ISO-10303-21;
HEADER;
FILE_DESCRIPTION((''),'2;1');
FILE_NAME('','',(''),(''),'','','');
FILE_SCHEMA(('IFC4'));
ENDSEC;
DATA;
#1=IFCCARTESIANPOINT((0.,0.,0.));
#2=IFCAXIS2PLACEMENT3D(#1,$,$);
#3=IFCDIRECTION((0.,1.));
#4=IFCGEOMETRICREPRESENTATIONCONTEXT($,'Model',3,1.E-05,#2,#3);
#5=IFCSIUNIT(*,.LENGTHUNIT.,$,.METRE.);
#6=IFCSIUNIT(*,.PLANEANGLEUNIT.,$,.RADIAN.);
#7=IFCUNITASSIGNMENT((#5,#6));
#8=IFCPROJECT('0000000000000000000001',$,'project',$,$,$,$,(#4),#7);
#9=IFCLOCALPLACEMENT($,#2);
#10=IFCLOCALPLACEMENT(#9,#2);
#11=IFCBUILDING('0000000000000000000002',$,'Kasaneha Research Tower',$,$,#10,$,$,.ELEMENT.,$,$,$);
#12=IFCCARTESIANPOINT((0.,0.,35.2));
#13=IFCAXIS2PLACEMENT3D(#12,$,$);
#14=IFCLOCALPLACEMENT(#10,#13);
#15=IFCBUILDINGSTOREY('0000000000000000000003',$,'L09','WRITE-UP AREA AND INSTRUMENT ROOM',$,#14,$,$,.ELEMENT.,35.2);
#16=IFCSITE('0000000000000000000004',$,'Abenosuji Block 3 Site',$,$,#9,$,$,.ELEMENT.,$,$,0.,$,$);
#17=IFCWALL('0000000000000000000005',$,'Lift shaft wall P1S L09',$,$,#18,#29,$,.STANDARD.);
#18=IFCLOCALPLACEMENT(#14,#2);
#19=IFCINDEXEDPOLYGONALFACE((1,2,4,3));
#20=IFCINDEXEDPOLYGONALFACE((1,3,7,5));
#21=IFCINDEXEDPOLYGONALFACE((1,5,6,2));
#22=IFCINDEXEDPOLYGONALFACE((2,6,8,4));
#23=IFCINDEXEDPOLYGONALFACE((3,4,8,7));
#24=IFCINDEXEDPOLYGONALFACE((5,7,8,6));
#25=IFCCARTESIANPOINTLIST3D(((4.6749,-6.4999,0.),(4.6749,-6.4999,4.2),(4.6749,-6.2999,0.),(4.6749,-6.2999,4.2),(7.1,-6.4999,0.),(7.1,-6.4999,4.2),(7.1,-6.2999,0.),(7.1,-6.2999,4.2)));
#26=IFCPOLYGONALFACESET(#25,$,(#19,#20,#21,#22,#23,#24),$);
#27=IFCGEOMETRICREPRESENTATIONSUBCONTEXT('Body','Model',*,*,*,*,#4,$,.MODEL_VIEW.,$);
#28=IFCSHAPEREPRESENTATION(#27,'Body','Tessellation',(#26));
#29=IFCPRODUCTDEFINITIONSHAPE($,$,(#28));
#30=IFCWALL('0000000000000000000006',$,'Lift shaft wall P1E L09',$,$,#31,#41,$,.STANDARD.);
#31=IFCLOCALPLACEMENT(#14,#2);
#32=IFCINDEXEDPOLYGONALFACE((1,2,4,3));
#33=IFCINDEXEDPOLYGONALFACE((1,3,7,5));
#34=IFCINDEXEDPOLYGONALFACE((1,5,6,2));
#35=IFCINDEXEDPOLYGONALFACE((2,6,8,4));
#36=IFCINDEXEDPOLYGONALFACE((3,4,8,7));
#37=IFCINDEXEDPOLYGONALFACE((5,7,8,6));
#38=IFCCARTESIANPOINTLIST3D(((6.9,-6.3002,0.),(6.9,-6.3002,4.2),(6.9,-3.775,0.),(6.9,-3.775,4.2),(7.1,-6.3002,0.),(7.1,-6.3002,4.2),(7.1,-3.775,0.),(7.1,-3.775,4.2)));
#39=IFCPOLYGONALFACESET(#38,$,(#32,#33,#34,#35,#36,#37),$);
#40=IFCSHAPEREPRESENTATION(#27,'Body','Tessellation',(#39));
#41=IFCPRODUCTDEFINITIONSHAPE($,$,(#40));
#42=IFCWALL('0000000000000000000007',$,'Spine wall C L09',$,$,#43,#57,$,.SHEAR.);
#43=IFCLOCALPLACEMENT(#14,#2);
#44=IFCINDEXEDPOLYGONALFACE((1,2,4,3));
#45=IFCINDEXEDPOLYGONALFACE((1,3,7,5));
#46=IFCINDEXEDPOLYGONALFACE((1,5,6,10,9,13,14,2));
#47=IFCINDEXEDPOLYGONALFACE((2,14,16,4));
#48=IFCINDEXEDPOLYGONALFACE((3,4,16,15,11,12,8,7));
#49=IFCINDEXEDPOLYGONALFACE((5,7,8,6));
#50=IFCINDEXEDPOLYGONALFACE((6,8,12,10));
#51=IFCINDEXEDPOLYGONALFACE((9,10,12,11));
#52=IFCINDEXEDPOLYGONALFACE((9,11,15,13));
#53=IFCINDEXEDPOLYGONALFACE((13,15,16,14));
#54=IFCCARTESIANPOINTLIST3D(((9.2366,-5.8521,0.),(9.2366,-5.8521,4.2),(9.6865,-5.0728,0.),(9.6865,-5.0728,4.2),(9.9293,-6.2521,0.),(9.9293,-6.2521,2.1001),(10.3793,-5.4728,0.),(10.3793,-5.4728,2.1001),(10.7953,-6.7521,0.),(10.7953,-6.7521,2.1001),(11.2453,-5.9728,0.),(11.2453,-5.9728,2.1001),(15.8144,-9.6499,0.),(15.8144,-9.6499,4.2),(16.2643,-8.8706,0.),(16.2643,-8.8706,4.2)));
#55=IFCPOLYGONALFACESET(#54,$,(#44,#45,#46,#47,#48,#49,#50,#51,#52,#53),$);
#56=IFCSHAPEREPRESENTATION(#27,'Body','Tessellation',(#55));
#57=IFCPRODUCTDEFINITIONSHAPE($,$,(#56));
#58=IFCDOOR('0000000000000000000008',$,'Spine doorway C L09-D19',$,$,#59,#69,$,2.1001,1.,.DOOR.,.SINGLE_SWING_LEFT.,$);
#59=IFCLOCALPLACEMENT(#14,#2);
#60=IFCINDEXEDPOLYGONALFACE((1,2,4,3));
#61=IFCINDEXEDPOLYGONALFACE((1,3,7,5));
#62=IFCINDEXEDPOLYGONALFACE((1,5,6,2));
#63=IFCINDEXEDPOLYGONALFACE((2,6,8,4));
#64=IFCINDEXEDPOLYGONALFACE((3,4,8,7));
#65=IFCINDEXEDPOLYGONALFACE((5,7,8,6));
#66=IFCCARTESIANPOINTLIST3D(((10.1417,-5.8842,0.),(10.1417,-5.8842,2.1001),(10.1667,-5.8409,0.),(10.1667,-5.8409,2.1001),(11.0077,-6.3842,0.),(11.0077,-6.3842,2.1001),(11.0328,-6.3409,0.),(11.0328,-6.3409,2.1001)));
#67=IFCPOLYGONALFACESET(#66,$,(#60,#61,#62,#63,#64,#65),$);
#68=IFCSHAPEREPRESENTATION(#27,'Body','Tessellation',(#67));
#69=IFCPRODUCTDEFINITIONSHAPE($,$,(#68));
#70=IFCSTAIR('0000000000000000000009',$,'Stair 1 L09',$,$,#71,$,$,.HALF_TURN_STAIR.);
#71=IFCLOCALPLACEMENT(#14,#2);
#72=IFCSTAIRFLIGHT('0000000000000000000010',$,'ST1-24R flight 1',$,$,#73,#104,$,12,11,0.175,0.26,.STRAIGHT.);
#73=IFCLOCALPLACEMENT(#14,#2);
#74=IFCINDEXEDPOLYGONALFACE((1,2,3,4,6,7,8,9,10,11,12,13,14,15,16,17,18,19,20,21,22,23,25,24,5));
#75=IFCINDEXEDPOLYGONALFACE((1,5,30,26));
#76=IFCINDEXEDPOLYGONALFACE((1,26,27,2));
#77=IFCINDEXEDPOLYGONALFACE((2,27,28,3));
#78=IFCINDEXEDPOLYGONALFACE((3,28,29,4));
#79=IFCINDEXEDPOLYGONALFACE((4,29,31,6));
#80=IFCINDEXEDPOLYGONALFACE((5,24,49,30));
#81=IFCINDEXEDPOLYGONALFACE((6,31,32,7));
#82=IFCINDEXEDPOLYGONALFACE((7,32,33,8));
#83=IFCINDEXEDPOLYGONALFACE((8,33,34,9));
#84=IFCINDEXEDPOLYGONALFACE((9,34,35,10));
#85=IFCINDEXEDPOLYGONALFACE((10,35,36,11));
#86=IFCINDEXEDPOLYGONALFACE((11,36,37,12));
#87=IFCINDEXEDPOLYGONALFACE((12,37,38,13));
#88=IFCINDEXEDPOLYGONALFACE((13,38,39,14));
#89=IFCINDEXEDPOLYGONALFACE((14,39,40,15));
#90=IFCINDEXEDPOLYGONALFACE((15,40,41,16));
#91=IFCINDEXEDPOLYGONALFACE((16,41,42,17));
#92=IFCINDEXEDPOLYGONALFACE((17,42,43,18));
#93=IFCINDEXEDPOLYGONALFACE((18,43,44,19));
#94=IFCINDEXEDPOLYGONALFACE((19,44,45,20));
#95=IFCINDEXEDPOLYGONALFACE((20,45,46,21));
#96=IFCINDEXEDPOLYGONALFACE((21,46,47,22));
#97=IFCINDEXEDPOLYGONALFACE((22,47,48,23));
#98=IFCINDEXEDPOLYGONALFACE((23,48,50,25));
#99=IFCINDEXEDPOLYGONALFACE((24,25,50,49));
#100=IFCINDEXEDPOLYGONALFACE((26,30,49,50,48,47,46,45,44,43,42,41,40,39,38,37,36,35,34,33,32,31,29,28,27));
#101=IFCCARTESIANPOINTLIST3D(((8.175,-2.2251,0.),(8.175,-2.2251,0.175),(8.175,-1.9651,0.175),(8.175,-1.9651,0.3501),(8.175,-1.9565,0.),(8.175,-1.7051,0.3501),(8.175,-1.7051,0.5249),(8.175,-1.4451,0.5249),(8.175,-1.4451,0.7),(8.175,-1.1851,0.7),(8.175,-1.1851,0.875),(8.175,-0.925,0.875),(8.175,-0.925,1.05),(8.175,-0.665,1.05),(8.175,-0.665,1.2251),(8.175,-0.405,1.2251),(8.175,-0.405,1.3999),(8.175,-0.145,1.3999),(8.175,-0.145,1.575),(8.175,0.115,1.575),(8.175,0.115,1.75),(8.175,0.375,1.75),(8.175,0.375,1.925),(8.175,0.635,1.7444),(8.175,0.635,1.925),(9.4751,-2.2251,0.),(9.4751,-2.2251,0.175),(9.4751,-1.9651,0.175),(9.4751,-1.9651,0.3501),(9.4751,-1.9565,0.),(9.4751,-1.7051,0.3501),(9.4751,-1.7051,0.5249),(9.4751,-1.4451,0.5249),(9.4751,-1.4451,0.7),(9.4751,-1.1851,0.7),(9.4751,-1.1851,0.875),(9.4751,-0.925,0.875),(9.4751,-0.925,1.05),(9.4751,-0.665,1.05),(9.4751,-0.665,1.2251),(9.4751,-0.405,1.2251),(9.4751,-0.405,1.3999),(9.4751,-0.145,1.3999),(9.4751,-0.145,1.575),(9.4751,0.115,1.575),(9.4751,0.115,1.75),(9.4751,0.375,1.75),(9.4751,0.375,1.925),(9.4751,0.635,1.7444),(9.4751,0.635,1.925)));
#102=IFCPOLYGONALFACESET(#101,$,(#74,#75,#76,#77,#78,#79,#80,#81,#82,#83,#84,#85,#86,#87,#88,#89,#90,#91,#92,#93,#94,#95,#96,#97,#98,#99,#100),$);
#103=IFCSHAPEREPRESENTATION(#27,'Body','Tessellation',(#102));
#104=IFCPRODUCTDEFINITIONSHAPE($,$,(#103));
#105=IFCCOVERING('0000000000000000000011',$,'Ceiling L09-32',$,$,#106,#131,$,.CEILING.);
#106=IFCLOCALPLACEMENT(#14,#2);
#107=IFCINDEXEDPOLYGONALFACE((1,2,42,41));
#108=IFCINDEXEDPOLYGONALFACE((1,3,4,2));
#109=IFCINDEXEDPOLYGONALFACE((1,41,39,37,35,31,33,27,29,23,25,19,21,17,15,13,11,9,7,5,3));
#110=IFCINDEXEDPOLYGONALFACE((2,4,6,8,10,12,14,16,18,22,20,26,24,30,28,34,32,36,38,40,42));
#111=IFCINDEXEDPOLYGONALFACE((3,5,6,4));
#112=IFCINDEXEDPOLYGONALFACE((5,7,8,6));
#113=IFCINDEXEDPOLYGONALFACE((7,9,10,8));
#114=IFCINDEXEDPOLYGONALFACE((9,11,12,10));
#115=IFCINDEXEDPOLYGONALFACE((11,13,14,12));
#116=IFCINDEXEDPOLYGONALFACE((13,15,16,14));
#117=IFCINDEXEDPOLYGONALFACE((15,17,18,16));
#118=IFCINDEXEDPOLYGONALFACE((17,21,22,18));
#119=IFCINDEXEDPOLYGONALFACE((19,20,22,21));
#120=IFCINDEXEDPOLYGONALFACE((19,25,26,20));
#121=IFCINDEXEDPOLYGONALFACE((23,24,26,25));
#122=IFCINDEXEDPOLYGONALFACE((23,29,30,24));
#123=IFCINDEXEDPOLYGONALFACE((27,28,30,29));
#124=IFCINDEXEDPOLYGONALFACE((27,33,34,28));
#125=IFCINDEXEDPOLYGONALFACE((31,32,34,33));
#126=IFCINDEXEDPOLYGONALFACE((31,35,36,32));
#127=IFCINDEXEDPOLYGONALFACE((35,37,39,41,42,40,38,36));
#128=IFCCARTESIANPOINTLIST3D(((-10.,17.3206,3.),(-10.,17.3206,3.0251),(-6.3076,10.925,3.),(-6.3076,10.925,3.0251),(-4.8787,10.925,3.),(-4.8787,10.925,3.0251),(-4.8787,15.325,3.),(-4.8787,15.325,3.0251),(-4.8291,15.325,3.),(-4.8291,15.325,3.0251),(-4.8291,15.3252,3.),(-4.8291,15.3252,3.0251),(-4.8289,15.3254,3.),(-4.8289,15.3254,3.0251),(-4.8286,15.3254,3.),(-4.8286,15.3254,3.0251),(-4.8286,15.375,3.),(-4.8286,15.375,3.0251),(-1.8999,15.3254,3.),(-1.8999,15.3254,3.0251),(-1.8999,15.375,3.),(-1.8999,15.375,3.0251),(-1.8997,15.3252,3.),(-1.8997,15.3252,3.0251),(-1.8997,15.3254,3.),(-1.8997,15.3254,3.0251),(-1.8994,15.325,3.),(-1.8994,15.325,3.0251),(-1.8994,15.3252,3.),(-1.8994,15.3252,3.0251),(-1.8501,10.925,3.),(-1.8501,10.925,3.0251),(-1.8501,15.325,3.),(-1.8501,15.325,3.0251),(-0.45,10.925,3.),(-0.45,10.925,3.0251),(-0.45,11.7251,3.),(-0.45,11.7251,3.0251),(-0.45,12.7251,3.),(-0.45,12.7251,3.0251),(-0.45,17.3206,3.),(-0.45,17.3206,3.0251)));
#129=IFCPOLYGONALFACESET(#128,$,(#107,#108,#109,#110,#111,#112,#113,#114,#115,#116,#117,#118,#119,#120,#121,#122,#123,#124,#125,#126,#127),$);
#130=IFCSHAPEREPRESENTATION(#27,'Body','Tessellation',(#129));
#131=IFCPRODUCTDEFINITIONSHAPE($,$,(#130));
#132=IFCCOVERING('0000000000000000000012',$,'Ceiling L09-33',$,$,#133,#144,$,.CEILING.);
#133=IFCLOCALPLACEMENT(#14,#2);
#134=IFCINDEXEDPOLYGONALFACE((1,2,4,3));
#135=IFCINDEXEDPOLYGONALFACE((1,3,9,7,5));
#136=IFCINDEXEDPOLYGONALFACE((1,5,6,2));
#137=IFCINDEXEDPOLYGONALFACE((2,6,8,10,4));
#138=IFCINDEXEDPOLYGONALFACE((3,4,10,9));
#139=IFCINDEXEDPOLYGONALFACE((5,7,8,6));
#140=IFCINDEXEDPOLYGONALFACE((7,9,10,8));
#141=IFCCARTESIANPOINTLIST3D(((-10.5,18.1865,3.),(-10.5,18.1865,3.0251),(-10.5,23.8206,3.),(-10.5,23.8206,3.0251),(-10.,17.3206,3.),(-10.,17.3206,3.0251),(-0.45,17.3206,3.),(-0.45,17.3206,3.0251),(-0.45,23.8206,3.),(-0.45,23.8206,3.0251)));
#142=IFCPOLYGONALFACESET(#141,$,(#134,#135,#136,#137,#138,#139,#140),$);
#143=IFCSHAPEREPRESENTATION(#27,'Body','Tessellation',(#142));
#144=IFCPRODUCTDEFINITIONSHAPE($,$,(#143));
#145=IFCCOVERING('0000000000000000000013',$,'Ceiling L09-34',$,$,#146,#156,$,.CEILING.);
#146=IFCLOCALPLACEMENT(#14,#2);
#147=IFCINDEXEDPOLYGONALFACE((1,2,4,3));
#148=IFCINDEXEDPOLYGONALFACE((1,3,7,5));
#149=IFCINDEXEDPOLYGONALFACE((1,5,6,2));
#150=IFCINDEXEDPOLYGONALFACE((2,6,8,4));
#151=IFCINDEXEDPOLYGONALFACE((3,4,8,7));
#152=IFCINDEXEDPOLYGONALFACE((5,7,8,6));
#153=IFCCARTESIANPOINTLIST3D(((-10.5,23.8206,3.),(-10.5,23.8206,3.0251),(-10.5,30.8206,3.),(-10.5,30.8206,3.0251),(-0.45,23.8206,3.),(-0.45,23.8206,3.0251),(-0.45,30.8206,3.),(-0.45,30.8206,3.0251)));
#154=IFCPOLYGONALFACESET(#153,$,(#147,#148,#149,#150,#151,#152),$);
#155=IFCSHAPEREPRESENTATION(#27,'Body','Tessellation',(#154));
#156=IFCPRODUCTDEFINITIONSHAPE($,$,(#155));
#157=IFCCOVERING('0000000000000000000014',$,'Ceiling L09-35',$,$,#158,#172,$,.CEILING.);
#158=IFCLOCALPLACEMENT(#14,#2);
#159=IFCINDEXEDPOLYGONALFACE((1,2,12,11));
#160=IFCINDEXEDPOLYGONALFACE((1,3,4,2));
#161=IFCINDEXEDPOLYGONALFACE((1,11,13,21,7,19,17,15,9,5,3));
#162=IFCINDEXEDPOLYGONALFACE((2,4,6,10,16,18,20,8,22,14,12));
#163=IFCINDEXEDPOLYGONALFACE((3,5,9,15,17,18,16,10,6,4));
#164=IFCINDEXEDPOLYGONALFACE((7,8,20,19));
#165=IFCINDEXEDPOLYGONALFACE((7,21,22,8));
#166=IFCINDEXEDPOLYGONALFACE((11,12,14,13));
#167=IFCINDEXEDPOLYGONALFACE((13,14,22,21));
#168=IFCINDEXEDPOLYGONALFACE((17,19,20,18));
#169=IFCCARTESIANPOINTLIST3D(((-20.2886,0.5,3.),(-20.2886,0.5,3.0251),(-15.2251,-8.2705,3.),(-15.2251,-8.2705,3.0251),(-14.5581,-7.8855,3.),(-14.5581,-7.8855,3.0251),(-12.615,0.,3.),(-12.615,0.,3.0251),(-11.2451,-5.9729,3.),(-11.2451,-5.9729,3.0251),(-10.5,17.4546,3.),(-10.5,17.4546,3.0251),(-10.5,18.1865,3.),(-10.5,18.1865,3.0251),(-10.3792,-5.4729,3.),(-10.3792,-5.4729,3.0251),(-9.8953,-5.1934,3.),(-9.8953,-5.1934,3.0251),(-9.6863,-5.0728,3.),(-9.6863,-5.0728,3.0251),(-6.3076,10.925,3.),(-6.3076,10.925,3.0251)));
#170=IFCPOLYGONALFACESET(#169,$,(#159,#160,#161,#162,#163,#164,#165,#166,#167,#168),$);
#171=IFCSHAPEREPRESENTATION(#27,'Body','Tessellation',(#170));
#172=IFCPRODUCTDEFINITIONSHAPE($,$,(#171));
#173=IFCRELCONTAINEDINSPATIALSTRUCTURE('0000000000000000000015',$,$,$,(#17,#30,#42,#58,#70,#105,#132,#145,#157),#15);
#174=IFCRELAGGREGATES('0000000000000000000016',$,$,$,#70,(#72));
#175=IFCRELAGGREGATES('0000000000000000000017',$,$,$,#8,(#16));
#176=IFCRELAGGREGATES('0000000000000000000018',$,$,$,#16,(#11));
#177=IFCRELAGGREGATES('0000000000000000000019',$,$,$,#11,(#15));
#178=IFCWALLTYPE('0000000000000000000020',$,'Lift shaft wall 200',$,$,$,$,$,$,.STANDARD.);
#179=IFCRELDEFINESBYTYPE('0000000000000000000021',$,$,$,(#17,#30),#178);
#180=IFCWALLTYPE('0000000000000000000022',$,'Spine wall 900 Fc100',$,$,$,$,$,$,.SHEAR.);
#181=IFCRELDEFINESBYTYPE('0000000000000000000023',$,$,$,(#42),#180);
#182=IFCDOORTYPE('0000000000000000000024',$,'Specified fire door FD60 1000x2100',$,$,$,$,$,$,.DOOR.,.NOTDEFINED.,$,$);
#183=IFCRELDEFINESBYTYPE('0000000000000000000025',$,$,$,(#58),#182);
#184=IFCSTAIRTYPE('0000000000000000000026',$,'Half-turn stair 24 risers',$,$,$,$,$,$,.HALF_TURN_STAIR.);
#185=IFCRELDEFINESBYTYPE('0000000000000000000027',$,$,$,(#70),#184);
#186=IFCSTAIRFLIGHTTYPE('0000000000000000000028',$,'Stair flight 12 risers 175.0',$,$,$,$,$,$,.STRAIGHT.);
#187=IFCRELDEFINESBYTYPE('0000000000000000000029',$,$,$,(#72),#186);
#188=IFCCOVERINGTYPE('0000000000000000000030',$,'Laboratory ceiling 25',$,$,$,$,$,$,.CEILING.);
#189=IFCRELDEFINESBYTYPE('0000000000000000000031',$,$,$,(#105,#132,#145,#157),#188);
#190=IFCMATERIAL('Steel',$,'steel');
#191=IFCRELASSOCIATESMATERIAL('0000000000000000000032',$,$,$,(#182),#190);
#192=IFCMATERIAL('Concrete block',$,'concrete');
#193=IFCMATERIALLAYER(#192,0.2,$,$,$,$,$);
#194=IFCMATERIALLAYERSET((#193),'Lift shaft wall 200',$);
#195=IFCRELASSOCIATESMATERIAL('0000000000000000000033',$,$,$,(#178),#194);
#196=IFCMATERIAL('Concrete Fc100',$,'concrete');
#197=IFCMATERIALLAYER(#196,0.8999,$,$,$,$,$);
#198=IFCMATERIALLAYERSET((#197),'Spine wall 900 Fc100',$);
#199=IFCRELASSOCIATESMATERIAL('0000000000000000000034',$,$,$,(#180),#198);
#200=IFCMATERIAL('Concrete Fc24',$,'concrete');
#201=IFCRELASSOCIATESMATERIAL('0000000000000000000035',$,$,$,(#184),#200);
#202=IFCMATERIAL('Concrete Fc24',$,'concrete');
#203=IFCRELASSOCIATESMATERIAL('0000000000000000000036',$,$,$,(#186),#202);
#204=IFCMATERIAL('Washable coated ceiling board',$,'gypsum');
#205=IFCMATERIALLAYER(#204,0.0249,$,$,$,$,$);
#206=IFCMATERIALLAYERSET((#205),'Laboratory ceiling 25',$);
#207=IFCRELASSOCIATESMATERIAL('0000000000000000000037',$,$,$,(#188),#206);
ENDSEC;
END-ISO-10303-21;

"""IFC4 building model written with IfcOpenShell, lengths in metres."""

from ifc_helpers import new_model, si_unit, direction, frame, frame_2d, origin, place, context, subcontext, project, spatial, polyline, rectangle, outline, extrude, material, layer, layer_set, type_object, element, fill, aggregate, save


model = new_model("IFC4")

# Units and contexts
model_context = context("Model", 3, precision=1e-05, world=origin(), true_north=direction((0.0, 1.0)))
body_context = subcontext(model_context, "Body", "Model", "MODEL_VIEW")
ifc_project = project(units=[si_unit("LENGTHUNIT", "METRE"), si_unit("PLANEANGLEUNIT", "RADIAN")], contexts=[model_context])

# Site, building, storey
site_placement = place(None, origin())
site = spatial("IfcSite", under=ifc_project, at=site_placement, Name="Abenosuji Block 3 Site", CompositionType="ELEMENT", RefElevation=0.0)
building_placement = place(site_placement, origin())
building = spatial("IfcBuilding", under=site, at=building_placement, Name="Kasaneha Research Tower", CompositionType="ELEMENT")
storey_placement = place(building_placement, frame((0.0, 0.0, 35.2)))
storey = spatial("IfcBuildingStorey", under=building, at=storey_placement, Name="L09", Description="WRITE-UP AREA AND INSTRUMENT ROOM", CompositionType="ELEMENT", Elevation=35.2)

# Shared definitions
ifc_material_1 = material(Name="Steel", Category="steel")
door_type_1 = type_object("IfcDoorType", Name="Specified fire door FD60 1000x2100", OperationType="NOTDEFINED", PredefinedType="DOOR", material=ifc_material_1)

# Walls
ifc_material_2 = material(Name="Concrete block", Category="concrete")
ifc_layer_1 = layer(ifc_material_2, 0.2)
ifc_layer_set_1 = layer_set([ifc_layer_1], Name="Lift shaft wall 200")
wall_type_1 = type_object("IfcWallType", Name="Lift shaft wall 200", PredefinedType="STANDARD", material=ifc_layer_set_1)
wall_1_placement = place(storey_placement, frame((4.675, -6.3999, 0.0), z_axis=(0.0, 0.0, 1.0), x_axis=(1.0, 0.0, 0.0)))
element("IfcWall", 1, at=wall_1_placement, inside=storey, type_object=wall_type_1, Name="Lift shaft wall P1S L09", PredefinedType="STANDARD", context=body_context, shape_type="SweptSolid", body=[
    extrude(rectangle(XDim=2.425, YDim=0.2, at=frame_2d((1.2124, 0.0))), origin(), (0.0, 0.0, 1.0), 4.2),
])
wall_2_placement = place(storey_placement, frame((7.0, -3.7749, 0.0), z_axis=(0.0, 0.0, 1.0), x_axis=(0.0, -1.0, 0.0)))
element("IfcWall", 2, at=wall_2_placement, inside=storey, type_object=wall_type_1, Name="Lift shaft wall P1E L09", PredefinedType="STANDARD", context=body_context, shape_type="SweptSolid", body=[
    extrude(rectangle(XDim=2.5251, YDim=0.2, at=frame_2d((1.2627, 0.0))), origin(), (0.0, 0.0, 1.0), 4.2),
])

# Wall, opening, door
ifc_material_3 = material(Name="Concrete Fc100", Category="concrete")
ifc_layer_2 = layer(ifc_material_3, 0.8999)
ifc_layer_set_2 = layer_set([ifc_layer_2], Name="Spine wall 900 Fc100")
wall_type_2 = type_object("IfcWallType", Name="Spine wall 900 Fc100", PredefinedType="SHEAR", material=ifc_layer_set_2)
wall_3_placement = place(storey_placement, frame((9.4614, -5.4624, 0.0), z_axis=(0.0, 0.0, 1.0), x_axis=(0.866019, -0.500011, 0.0)))
wall_3 = element("IfcWall", 3, at=wall_3_placement, inside=storey, type_object=wall_type_2, Name="Spine wall C L09", PredefinedType="SHEAR", context=body_context, shape_type="SweptSolid", body=[
    extrude(rectangle(XDim=7.5955, YDim=0.8999, at=frame_2d((3.7979, 0.0))), origin(), (0.0, 0.0, 1.0), 4.2),
])
opening_1_placement = place(wall_3_placement, frame((0.8, 0.0, 0.0)))
opening_1 = element("IfcOpeningElement", 4, at=opening_1_placement, cuts=wall_3, PredefinedType="OPENING", context=body_context, shape_type="SweptSolid", body=[
    extrude(rectangle(XDim=1.0, YDim=2.1001, at=frame_2d((0.5, 1.05))), frame((0.0, 0.46, 0.0), z_axis=(0.0, -1.0, 0.0), x_axis=(1.0, 0.0, 0.0)), (0.0, 0.0, 1.0), 0.9199),
])
door_1_placement = place(opening_1_placement, origin())
door_1 = element("IfcDoor", 5, at=door_1_placement, inside=storey, type_object=door_type_1, Name="Spine doorway C L09-D19", OperationType="SINGLE_SWING_LEFT", OverallHeight=2.1001, OverallWidth=1.0, PredefinedType="DOOR", context=body_context, shape_type="SweptSolid", body=[
    extrude(rectangle(XDim=1.0, YDim=2.1001, at=frame_2d((0.5, 1.05))), frame((0.0, 0.0249, 0.0), z_axis=(0.0, -1.0, 0.0), x_axis=(1.0, 0.0, 0.0)), (0.0, 0.0, 1.0), 0.05),
])
fill(opening_1, door_1)

# Stair, stair flight
ifc_material_4 = material(Name="Concrete Fc24", Category="concrete")
stair_type = type_object("IfcStairType", Name="Half-turn stair 24 risers", PredefinedType="HALF_TURN_STAIR", material=ifc_material_4)
stair_placement = place(storey_placement, origin())
stair = element("IfcStair", 6, at=stair_placement, inside=storey, type_object=stair_type, Name="Stair 1 L09", PredefinedType="HALF_TURN_STAIR")
ifc_material_5 = material(Name="Concrete Fc24", Category="concrete")
stair_flight_type = type_object("IfcStairFlightType", Name="Stair flight 12 risers 175.0", PredefinedType="STRAIGHT", material=ifc_material_5)
stair_flight_placement = place(storey_placement, frame((8.825, -2.2251, 0.0), z_axis=(0.0, 0.0, 1.0), x_axis=(0.0, 1.0, 0.0)))
stair_flight = element("IfcStairFlight", 7, at=stair_flight_placement, type_object=stair_flight_type, Name="ST1-24R flight 1", NumberOfRisers=12, NumberOfTreads=11, PredefinedType="STRAIGHT", RiserHeight=0.175, TreadLength=0.26, context=body_context, shape_type="SweptSolid", body=[
    extrude(outline(polyline([(0.0, 0.0), (0.0, 0.175), (0.26, 0.175), (0.26, 0.3501), (0.52, 0.3501), (0.52, 0.5249), (0.78, 0.5249), (0.78, 0.7), (1.04, 0.7), (1.04, 0.875), (1.3, 0.875), (1.3, 1.05), (1.5601, 1.05), (1.5601, 1.2251), (1.8201, 1.2251), (1.8201, 1.3999), (2.0801, 1.3999), (2.0801, 1.575), (2.3401, 1.575), (2.3401, 1.75), (2.6001, 1.75), (2.6001, 1.925), (2.8601, 1.925), (2.8601, 2.1001), (2.8601, 1.7444), (0.2686, 0.0), (0.0, 0.0)])), frame((0.0, 0.6499, 0.0), z_axis=(0.0, -1.0, 0.0), x_axis=(1.0, 0.0, 0.0)), (0.0, 0.0, 1.0), 1.3),
])
aggregate(stair, [stair_flight])

# Coverings
ifc_material_6 = material(Name="Washable coated ceiling board", Category="gypsum")
ifc_layer_3 = layer(ifc_material_6, 0.0249)
ifc_layer_set_3 = layer_set([ifc_layer_3], Name="Laboratory ceiling 25")
covering_type = type_object("IfcCoveringType", Name="Laboratory ceiling 25", PredefinedType="CEILING", material=ifc_layer_set_3)
covering_1_placement = place(storey_placement, frame((0.0, 0.0, 3.0)))
element("IfcCovering", 8, at=covering_1_placement, inside=storey, type_object=covering_type, Name="Ceiling L09-32", PredefinedType="CEILING", context=body_context, shape_type="SweptSolid", body=[
    extrude(outline(polyline([(-1.8501, 10.925), (-1.8501, 15.325), (-1.8994, 15.325), (-1.8994, 15.325), (-1.8994, 15.3252), (-1.8994, 15.3252), (-1.8997, 15.3252), (-1.8997, 15.3252), (-1.8997, 15.3252), (-1.8997, 15.3254), (-1.8997, 15.3254), (-1.8997, 15.3254), (-1.8997, 15.3254), (-1.8997, 15.3254), (-1.8999, 15.3254), (-1.8999, 15.3254), (-1.8999, 15.3254), (-1.8999, 15.3254), (-1.8999, 15.3254), (-1.8999, 15.375), (-4.8286, 15.375), (-4.8286, 15.3254), (-4.8286, 15.3254), (-4.8286, 15.3254), (-4.8286, 15.3254), (-4.8289, 15.3254), (-4.8289, 15.3254), (-4.8289, 15.3254), (-4.8289, 15.3254), (-4.8289, 15.3254), (-4.8289, 15.3254), (-4.8291, 15.3252), (-4.8291, 15.3252), (-4.8291, 15.3252), (-4.8291, 15.3252), (-4.8291, 15.3252), (-4.8291, 15.325), (-4.8291, 15.325), (-4.8787, 15.325), (-4.8787, 10.925), (-6.3076, 10.925), (-10.0, 17.3206), (-0.45, 17.3206), (-0.45, 12.7251), (-0.45, 11.7251), (-0.45, 10.925), (-1.8501, 10.925)])), origin(), (0.0, 0.0, 1.0), 0.0251),
])
covering_2_placement = place(storey_placement, frame((0.0, 0.0, 3.0)))
element("IfcCovering", 9, at=covering_2_placement, inside=storey, type_object=covering_type, Name="Ceiling L09-33", PredefinedType="CEILING", context=body_context, shape_type="SweptSolid", body=[
    extrude(outline(polyline([(-10.5, 23.8206), (-0.45, 23.8206), (-0.45, 17.3206), (-10.0, 17.3206), (-10.5, 18.1865), (-10.5, 23.8206)])), origin(), (0.0, 0.0, 1.0), 0.0251),
])
covering_3_placement = place(storey_placement, frame((0.0, 0.0, 3.0)))
element("IfcCovering", 10, at=covering_3_placement, inside=storey, type_object=covering_type, Name="Ceiling L09-34", PredefinedType="CEILING", context=body_context, shape_type="SweptSolid", body=[
    extrude(outline(polyline([(-0.45, 30.8206), (-0.45, 23.8206), (-10.5, 23.8206), (-10.5, 30.8206), (-0.45, 30.8206)])), origin(), (0.0, 0.0, 1.0), 0.0251),
])
covering_4_placement = place(storey_placement, frame((0.0, 0.0, 3.0)))
element("IfcCovering", 11, at=covering_4_placement, inside=storey, type_object=covering_type, Name="Ceiling L09-35", PredefinedType="CEILING", context=body_context, shape_type="SweptSolid", body=[
    extrude(outline(polyline([(-12.615, 0.0), (-9.6863, -5.0728), (-9.8953, -5.1934), (-10.3792, -5.4729), (-11.2451, -5.9729), (-14.5581, -7.8855), (-15.2251, -8.2705), (-20.2886, 0.5), (-10.5, 17.4546), (-10.5, 18.1865), (-6.3076, 10.925), (-12.615, 0.0)])), origin(), (0.0, 0.0, 1.0), 0.0251),
])

save(model, "model.ifc")
